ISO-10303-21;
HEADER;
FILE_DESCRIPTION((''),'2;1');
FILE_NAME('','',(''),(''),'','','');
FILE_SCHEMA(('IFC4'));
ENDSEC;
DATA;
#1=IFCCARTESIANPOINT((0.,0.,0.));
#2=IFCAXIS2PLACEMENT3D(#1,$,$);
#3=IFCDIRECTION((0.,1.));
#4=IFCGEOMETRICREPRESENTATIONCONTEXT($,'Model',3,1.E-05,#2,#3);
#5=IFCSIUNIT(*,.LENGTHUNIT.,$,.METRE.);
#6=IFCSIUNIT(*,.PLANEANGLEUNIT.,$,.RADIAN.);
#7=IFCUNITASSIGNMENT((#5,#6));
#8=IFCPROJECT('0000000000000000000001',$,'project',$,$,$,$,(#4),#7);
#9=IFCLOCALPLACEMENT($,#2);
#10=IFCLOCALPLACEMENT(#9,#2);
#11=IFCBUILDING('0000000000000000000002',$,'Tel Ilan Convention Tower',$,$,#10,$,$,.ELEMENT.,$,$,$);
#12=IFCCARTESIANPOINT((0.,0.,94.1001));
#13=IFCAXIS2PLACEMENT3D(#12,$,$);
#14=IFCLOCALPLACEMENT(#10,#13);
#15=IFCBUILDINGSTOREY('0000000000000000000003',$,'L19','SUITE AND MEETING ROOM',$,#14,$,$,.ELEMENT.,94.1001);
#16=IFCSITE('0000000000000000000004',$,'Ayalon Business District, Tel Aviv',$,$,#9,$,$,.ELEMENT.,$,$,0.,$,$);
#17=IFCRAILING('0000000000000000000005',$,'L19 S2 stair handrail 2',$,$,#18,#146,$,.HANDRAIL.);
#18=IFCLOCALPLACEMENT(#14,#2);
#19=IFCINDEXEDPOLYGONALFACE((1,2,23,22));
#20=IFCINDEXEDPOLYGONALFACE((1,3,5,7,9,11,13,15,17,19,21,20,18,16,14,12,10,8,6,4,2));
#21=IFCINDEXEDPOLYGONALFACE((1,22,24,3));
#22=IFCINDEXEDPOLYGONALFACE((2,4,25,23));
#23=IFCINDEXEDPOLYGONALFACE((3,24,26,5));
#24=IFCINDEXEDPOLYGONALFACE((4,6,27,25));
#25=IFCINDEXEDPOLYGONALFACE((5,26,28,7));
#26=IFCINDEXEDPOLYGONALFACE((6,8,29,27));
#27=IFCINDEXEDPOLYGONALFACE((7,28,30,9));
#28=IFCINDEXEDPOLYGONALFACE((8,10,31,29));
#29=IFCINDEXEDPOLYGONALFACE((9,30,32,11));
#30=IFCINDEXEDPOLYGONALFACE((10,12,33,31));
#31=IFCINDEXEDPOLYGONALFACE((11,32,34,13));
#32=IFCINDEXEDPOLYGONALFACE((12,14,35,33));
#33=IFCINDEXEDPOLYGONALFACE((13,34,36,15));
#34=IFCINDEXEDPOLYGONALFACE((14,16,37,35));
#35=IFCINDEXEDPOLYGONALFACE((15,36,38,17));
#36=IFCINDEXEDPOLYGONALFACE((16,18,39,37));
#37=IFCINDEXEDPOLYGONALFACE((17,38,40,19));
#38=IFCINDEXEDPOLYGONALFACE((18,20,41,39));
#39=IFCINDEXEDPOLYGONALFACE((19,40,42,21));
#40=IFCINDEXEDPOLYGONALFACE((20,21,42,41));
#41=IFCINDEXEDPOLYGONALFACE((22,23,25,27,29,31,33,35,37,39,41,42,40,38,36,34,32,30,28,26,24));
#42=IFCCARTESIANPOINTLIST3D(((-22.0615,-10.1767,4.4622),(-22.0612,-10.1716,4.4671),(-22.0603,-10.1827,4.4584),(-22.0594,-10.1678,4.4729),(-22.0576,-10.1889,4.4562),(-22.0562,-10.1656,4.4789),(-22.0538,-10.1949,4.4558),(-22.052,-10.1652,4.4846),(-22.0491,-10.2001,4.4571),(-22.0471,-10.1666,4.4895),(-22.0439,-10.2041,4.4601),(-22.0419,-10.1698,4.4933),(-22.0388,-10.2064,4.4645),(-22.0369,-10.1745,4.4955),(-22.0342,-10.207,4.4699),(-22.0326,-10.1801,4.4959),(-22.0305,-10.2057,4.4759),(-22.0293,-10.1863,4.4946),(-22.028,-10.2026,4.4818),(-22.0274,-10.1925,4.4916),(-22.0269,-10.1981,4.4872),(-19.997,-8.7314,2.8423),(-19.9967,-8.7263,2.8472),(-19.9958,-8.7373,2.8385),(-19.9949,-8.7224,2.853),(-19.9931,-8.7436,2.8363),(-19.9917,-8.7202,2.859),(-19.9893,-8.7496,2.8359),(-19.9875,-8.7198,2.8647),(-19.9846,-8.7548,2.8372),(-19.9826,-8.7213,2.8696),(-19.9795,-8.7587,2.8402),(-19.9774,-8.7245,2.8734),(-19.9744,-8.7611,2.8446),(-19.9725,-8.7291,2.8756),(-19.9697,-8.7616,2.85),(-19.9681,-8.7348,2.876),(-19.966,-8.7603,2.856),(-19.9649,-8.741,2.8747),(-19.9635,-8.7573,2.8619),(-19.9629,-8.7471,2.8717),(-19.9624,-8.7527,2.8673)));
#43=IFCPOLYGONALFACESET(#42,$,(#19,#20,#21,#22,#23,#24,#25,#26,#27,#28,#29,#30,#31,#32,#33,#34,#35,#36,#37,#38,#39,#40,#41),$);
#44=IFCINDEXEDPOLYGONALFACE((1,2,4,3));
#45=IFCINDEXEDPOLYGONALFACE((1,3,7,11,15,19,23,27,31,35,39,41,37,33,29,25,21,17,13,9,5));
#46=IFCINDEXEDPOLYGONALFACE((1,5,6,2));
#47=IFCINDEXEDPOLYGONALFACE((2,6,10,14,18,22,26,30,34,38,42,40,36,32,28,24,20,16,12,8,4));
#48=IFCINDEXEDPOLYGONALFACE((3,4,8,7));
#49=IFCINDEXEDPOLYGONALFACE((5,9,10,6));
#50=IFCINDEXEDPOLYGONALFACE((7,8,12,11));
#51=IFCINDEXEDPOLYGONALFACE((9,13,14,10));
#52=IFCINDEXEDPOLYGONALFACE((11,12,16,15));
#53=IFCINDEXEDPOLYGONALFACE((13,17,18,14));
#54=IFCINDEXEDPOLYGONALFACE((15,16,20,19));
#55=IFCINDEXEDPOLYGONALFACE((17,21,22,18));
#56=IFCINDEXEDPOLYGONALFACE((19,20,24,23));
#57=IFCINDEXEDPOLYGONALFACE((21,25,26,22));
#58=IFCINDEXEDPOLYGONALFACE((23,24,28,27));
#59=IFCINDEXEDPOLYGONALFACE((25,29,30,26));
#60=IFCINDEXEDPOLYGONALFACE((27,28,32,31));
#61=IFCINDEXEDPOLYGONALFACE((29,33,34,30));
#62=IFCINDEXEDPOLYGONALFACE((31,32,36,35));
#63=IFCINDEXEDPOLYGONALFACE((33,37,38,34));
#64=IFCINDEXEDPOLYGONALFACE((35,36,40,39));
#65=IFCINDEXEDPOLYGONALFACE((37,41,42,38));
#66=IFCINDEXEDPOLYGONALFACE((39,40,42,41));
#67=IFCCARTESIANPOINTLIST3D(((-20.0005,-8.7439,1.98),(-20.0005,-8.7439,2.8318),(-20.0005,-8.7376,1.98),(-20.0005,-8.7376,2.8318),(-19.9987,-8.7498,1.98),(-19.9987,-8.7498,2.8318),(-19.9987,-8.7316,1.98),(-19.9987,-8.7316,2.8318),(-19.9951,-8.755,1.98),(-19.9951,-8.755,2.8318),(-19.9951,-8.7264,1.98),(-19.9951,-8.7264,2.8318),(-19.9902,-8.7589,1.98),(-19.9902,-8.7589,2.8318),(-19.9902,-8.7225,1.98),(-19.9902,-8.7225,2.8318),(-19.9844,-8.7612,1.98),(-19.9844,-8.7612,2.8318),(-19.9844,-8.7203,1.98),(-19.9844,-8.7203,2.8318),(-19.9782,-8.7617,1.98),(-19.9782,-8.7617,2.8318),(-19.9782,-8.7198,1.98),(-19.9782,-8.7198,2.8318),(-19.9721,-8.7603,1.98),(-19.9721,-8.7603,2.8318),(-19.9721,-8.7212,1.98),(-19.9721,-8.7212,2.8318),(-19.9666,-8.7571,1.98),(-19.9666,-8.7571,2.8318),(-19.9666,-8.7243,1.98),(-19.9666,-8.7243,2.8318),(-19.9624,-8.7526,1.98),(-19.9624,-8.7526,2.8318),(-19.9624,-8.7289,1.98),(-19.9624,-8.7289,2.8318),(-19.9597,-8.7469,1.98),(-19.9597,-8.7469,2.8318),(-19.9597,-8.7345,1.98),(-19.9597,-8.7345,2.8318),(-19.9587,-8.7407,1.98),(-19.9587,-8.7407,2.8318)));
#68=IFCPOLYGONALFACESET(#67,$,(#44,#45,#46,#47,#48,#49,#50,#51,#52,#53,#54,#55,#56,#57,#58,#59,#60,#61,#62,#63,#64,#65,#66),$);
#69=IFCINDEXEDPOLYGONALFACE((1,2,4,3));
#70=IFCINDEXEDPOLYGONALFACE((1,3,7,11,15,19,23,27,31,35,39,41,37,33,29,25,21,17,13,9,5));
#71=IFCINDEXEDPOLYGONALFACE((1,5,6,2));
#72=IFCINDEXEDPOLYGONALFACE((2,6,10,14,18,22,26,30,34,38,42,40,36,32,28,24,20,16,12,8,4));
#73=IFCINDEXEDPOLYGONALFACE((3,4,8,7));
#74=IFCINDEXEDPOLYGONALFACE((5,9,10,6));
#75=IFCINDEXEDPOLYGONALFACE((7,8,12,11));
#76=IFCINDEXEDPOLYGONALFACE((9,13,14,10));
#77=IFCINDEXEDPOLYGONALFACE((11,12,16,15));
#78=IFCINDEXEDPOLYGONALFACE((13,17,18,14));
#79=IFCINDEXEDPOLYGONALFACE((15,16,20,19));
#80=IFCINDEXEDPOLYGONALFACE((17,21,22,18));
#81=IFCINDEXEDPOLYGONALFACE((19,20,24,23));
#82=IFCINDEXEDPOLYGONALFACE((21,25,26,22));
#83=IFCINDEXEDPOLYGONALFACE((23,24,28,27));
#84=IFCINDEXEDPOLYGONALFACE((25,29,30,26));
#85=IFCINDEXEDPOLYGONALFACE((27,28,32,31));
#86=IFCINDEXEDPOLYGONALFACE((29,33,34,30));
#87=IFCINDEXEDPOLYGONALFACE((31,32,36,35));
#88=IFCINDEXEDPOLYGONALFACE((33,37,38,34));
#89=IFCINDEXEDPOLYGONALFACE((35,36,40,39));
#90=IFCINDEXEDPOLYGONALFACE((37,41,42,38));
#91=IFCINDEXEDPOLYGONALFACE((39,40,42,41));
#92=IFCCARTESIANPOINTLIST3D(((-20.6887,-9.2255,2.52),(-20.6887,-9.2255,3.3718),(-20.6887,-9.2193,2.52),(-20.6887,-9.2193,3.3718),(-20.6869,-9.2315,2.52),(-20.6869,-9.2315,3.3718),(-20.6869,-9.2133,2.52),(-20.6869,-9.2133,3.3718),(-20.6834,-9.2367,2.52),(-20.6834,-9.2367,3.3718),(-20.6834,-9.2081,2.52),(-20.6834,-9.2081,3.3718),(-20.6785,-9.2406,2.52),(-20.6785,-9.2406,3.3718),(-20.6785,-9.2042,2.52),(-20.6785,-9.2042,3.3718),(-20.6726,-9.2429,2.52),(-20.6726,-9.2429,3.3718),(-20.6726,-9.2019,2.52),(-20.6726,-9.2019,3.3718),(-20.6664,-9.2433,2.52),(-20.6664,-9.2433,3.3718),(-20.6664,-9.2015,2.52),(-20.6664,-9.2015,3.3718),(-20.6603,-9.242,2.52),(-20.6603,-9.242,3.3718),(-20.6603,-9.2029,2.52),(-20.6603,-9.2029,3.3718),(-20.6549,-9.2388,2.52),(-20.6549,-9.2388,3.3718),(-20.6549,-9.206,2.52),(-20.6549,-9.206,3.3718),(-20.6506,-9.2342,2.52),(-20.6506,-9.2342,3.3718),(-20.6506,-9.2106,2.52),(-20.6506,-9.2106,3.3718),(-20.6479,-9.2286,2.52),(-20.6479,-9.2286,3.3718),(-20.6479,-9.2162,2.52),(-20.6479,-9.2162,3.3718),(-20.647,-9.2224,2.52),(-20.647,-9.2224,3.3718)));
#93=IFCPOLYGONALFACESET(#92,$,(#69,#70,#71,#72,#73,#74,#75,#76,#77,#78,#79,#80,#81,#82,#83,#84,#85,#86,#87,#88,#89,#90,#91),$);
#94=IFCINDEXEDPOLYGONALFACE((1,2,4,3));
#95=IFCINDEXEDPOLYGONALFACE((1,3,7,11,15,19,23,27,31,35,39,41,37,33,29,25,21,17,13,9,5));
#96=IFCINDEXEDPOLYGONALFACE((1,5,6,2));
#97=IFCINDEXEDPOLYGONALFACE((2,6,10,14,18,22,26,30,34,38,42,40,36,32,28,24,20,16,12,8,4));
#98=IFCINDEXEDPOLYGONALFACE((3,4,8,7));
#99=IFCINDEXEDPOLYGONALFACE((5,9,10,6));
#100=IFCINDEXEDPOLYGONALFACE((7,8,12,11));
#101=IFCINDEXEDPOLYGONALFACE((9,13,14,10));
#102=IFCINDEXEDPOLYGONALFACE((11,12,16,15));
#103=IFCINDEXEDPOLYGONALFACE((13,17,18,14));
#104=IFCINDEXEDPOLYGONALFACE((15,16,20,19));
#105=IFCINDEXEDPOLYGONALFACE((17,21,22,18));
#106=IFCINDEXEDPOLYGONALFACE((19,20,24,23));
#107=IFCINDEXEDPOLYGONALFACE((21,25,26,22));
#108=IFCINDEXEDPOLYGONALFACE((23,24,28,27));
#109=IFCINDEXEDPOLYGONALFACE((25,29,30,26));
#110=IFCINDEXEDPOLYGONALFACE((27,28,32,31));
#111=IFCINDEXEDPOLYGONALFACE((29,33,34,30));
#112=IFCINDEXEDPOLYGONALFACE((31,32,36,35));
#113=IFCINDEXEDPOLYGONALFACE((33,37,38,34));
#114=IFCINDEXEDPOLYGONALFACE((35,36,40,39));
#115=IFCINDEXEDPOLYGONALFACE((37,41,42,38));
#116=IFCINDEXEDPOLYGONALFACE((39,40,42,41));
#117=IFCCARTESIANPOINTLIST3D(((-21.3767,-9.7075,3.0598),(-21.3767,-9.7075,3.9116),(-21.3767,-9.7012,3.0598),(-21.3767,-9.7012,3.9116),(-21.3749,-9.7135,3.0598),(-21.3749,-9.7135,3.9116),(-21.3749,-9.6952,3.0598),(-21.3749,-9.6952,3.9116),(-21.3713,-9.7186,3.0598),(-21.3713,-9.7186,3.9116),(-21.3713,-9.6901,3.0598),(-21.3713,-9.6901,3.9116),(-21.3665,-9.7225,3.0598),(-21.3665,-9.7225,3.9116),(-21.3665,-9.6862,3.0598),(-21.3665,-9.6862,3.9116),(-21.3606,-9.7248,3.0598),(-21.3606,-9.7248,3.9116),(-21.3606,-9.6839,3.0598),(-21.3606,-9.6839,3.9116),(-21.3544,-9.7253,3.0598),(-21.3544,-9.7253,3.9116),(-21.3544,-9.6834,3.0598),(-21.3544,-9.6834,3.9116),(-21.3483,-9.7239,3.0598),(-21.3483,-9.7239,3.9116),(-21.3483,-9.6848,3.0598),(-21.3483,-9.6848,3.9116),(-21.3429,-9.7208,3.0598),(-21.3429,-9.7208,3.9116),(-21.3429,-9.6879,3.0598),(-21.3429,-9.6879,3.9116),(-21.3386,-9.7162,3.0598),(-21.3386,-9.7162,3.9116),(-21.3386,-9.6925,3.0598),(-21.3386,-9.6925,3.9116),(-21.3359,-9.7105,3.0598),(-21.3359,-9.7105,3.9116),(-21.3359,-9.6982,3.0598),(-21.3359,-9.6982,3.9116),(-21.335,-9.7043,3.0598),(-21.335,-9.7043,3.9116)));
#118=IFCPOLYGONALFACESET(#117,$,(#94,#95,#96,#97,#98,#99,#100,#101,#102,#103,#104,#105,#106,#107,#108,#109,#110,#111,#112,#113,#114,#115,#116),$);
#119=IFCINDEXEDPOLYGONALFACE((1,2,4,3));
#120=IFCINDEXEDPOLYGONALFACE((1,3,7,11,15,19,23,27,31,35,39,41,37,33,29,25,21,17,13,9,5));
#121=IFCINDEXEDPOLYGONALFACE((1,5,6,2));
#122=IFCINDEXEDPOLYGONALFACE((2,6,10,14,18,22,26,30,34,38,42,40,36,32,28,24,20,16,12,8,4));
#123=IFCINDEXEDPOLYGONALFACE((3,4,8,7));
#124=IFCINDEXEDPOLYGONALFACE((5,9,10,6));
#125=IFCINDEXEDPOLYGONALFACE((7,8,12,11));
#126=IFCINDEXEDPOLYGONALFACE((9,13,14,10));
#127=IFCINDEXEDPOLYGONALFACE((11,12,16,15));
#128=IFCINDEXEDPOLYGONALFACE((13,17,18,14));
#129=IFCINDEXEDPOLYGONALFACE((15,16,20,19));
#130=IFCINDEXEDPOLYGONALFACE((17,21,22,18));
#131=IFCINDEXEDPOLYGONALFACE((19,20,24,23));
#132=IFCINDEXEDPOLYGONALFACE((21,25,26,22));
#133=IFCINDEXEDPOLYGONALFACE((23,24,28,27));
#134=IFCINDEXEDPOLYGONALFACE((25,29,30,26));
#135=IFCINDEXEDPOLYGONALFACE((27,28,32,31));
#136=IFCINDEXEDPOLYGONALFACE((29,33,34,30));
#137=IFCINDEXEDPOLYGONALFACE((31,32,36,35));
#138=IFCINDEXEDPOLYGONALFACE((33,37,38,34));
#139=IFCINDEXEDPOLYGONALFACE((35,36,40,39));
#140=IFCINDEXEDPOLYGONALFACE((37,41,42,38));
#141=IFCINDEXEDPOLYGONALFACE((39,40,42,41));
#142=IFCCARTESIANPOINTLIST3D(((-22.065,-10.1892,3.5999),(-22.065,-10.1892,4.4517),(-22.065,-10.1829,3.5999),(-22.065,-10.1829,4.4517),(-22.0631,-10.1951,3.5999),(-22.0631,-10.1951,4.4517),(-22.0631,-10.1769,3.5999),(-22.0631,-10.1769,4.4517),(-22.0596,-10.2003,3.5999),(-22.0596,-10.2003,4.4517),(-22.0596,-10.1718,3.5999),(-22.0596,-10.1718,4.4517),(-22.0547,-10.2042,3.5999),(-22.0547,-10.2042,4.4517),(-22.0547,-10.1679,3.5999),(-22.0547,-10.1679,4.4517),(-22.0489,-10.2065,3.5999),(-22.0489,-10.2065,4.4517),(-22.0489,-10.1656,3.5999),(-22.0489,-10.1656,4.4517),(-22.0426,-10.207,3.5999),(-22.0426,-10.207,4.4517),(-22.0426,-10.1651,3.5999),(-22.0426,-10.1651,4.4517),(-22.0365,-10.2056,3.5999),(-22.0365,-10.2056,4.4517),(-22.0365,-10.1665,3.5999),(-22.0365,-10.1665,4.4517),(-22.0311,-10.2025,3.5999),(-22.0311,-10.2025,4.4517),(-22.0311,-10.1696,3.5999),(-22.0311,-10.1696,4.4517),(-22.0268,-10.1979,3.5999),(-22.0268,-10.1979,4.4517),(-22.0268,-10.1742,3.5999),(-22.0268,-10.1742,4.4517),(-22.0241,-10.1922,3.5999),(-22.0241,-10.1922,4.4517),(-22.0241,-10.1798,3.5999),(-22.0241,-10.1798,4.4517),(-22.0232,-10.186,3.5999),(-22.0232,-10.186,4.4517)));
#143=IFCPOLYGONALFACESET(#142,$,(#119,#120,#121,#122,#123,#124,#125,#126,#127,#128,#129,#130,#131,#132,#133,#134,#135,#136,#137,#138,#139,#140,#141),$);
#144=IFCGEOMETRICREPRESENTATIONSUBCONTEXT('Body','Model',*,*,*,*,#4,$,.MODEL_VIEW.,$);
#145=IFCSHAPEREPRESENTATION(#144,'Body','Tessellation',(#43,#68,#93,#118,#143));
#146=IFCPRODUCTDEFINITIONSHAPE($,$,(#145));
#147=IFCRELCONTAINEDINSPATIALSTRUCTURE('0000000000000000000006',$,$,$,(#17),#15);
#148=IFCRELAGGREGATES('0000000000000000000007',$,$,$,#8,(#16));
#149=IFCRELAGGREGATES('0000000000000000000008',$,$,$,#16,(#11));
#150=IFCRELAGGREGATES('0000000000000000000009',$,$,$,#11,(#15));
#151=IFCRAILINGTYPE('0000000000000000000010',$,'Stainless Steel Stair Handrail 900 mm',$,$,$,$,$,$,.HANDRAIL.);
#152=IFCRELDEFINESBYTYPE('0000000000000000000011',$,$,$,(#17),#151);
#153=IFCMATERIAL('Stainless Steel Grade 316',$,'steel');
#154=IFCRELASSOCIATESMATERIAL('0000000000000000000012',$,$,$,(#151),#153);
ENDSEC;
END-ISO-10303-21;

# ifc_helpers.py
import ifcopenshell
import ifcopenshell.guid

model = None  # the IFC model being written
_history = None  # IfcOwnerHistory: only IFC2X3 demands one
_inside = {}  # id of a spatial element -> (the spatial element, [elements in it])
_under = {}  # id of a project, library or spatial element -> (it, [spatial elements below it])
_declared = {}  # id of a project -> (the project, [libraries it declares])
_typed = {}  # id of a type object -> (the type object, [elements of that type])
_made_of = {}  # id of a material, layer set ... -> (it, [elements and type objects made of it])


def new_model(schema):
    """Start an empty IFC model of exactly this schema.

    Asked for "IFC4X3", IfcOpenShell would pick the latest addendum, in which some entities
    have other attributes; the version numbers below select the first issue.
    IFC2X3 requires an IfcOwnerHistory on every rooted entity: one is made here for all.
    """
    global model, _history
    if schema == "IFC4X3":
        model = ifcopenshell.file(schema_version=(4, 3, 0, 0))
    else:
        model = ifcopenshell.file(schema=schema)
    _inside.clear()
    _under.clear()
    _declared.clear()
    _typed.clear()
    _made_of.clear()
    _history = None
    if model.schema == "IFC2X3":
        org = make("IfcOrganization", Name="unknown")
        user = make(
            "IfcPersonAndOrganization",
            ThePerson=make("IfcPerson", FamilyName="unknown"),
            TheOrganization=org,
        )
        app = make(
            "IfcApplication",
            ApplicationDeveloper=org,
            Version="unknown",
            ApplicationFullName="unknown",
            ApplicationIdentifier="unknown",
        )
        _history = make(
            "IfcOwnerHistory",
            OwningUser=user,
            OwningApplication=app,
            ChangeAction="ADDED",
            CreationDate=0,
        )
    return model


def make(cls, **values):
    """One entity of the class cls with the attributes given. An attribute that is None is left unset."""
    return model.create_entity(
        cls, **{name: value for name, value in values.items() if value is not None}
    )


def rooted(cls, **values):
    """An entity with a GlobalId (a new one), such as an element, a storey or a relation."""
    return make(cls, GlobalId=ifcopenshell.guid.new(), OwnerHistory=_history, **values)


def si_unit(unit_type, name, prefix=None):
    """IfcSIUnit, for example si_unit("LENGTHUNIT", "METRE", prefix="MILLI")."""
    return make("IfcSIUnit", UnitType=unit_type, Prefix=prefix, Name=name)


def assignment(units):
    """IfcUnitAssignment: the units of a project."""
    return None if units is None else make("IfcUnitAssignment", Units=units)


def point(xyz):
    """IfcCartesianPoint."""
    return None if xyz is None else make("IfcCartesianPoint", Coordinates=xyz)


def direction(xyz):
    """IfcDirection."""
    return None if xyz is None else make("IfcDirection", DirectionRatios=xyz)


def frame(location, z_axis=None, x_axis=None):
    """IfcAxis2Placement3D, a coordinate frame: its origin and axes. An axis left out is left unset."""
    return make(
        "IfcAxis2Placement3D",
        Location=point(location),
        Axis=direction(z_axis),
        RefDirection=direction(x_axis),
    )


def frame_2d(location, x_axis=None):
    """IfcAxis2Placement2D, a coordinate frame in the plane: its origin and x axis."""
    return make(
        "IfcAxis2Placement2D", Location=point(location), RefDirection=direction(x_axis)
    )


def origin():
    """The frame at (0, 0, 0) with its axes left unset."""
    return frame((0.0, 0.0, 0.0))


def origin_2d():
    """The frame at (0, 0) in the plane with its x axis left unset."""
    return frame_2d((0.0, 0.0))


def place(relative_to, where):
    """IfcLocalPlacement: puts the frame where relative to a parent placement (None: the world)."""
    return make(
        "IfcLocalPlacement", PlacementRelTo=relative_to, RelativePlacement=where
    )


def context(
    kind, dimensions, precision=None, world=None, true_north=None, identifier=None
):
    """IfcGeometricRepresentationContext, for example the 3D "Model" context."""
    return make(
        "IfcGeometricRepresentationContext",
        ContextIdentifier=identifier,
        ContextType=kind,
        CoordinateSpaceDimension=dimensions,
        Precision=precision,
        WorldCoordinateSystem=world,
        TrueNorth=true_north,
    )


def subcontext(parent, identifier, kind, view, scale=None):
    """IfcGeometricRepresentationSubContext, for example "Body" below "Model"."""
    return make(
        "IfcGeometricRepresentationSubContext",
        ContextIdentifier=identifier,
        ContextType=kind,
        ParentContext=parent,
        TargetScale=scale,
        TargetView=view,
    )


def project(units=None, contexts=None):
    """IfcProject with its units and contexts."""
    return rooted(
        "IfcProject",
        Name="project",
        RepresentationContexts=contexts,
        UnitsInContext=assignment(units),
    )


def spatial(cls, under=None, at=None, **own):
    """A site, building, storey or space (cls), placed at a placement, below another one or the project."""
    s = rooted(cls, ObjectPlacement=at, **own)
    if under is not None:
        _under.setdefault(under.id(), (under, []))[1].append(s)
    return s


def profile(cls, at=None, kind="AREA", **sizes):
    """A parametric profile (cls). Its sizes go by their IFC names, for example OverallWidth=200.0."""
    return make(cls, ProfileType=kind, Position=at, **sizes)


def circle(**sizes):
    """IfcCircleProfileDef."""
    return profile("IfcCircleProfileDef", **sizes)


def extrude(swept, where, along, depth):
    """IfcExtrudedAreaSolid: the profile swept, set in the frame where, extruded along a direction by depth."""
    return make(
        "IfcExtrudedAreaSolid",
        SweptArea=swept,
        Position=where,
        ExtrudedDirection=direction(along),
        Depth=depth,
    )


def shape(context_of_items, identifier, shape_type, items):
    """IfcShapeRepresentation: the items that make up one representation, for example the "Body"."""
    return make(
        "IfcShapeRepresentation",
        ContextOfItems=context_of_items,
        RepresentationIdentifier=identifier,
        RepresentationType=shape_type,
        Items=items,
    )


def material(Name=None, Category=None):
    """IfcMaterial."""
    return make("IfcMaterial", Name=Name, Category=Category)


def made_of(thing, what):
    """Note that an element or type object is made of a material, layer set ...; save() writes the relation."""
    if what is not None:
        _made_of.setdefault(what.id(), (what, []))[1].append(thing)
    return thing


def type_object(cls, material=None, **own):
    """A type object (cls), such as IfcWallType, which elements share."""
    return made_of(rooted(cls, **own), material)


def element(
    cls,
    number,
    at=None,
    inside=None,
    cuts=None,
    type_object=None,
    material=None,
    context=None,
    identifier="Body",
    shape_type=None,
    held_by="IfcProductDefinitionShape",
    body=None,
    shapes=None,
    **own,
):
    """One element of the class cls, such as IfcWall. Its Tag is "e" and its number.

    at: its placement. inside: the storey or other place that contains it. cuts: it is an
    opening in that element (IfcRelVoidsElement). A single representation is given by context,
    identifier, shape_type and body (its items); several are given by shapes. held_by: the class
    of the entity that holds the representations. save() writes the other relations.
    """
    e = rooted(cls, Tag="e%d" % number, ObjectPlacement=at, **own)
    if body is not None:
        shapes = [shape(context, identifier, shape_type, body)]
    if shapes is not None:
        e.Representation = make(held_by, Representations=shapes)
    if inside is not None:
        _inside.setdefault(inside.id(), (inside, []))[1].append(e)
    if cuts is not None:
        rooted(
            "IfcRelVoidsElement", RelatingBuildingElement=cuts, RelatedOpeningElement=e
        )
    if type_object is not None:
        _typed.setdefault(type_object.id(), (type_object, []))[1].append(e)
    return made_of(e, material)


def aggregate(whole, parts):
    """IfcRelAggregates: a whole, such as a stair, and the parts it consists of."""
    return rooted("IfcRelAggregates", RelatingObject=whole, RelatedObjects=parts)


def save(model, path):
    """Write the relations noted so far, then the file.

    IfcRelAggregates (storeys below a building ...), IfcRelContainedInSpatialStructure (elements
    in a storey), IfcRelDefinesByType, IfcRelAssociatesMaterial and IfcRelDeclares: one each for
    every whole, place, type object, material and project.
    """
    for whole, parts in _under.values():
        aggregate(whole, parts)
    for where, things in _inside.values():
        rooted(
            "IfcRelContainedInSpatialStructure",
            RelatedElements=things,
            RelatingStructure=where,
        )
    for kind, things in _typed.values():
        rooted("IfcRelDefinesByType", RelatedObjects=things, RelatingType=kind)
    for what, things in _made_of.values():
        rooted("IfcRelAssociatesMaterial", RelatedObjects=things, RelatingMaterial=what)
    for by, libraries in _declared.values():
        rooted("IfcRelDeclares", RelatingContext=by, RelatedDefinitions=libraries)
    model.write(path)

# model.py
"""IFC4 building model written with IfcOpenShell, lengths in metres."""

from ifc_helpers import new_model, si_unit, direction, frame, origin, origin_2d, place, context, subcontext, project, spatial, circle, extrude, material, type_object, element, save


model = new_model("IFC4")

# Units and contexts
model_context = context("Model", 3, precision=1e-05, world=origin(), true_north=direction((0.0, 1.0)))
body_context = subcontext(model_context, "Body", "Model", "MODEL_VIEW")
ifc_project = project(units=[si_unit("LENGTHUNIT", "METRE"), si_unit("PLANEANGLEUNIT", "RADIAN")], contexts=[model_context])

# Site, building, storey
site_placement = place(None, origin())
site = spatial("IfcSite", under=ifc_project, at=site_placement, Name="Ayalon Business District, Tel Aviv", CompositionType="ELEMENT", RefElevation=0.0)
building_placement = place(site_placement, origin())
building = spatial("IfcBuilding", under=site, at=building_placement, Name="Tel Ilan Convention Tower", CompositionType="ELEMENT")
storey_placement = place(building_placement, frame((0.0, 0.0, 94.1001)))
storey = spatial("IfcBuildingStorey", under=building, at=storey_placement, Name="L19", Description="SUITE AND MEETING ROOM", CompositionType="ELEMENT", Elevation=94.1001)

# Railing
ifc_material_1 = material(Name="Stainless Steel Grade 316", Category="steel")
railing_type_1 = type_object("IfcRailingType", Name="Stainless Steel Stair Handrail 900 mm", PredefinedType="HANDRAIL", material=ifc_material_1)
railing_1_placement = place(storey_placement, frame((-19.9797, -8.7407, 1.98)))
element("IfcRailing", 1, at=railing_1_placement, inside=storey, type_object=railing_type_1, Name="L19 S2 stair handrail 2", PredefinedType="HANDRAIL", context=body_context, shape_type="SweptSolid", body=[
    extrude(circle(Radius=0.0239, at=origin_2d()), frame((0.0, 0.0, 0.876), z_axis=(-0.689113, -0.482444, 0.540713), x_axis=(0.573514, -0.819196, 0.0)), (0.0, 0.0, 1.0), 2.9958),
    extrude(circle(Radius=0.021, at=origin_2d()), origin(), (0.0, 0.0, 1.0), 0.8518),
    extrude(circle(Radius=0.021, at=origin_2d()), frame((-0.6882, -0.4817, 0.54)), (0.0, 0.0, 1.0), 0.8518),
    extrude(circle(Radius=0.021, at=origin_2d()), frame((-1.3762, -0.9636, 1.0798)), (0.0, 0.0, 1.0), 0.8518),
    extrude(circle(Radius=0.021, at=origin_2d()), frame((-2.0645, -1.4453, 1.6199)), (0.0, 0.0, 1.0), 0.8518),
])

save(model, "model.ifc")
